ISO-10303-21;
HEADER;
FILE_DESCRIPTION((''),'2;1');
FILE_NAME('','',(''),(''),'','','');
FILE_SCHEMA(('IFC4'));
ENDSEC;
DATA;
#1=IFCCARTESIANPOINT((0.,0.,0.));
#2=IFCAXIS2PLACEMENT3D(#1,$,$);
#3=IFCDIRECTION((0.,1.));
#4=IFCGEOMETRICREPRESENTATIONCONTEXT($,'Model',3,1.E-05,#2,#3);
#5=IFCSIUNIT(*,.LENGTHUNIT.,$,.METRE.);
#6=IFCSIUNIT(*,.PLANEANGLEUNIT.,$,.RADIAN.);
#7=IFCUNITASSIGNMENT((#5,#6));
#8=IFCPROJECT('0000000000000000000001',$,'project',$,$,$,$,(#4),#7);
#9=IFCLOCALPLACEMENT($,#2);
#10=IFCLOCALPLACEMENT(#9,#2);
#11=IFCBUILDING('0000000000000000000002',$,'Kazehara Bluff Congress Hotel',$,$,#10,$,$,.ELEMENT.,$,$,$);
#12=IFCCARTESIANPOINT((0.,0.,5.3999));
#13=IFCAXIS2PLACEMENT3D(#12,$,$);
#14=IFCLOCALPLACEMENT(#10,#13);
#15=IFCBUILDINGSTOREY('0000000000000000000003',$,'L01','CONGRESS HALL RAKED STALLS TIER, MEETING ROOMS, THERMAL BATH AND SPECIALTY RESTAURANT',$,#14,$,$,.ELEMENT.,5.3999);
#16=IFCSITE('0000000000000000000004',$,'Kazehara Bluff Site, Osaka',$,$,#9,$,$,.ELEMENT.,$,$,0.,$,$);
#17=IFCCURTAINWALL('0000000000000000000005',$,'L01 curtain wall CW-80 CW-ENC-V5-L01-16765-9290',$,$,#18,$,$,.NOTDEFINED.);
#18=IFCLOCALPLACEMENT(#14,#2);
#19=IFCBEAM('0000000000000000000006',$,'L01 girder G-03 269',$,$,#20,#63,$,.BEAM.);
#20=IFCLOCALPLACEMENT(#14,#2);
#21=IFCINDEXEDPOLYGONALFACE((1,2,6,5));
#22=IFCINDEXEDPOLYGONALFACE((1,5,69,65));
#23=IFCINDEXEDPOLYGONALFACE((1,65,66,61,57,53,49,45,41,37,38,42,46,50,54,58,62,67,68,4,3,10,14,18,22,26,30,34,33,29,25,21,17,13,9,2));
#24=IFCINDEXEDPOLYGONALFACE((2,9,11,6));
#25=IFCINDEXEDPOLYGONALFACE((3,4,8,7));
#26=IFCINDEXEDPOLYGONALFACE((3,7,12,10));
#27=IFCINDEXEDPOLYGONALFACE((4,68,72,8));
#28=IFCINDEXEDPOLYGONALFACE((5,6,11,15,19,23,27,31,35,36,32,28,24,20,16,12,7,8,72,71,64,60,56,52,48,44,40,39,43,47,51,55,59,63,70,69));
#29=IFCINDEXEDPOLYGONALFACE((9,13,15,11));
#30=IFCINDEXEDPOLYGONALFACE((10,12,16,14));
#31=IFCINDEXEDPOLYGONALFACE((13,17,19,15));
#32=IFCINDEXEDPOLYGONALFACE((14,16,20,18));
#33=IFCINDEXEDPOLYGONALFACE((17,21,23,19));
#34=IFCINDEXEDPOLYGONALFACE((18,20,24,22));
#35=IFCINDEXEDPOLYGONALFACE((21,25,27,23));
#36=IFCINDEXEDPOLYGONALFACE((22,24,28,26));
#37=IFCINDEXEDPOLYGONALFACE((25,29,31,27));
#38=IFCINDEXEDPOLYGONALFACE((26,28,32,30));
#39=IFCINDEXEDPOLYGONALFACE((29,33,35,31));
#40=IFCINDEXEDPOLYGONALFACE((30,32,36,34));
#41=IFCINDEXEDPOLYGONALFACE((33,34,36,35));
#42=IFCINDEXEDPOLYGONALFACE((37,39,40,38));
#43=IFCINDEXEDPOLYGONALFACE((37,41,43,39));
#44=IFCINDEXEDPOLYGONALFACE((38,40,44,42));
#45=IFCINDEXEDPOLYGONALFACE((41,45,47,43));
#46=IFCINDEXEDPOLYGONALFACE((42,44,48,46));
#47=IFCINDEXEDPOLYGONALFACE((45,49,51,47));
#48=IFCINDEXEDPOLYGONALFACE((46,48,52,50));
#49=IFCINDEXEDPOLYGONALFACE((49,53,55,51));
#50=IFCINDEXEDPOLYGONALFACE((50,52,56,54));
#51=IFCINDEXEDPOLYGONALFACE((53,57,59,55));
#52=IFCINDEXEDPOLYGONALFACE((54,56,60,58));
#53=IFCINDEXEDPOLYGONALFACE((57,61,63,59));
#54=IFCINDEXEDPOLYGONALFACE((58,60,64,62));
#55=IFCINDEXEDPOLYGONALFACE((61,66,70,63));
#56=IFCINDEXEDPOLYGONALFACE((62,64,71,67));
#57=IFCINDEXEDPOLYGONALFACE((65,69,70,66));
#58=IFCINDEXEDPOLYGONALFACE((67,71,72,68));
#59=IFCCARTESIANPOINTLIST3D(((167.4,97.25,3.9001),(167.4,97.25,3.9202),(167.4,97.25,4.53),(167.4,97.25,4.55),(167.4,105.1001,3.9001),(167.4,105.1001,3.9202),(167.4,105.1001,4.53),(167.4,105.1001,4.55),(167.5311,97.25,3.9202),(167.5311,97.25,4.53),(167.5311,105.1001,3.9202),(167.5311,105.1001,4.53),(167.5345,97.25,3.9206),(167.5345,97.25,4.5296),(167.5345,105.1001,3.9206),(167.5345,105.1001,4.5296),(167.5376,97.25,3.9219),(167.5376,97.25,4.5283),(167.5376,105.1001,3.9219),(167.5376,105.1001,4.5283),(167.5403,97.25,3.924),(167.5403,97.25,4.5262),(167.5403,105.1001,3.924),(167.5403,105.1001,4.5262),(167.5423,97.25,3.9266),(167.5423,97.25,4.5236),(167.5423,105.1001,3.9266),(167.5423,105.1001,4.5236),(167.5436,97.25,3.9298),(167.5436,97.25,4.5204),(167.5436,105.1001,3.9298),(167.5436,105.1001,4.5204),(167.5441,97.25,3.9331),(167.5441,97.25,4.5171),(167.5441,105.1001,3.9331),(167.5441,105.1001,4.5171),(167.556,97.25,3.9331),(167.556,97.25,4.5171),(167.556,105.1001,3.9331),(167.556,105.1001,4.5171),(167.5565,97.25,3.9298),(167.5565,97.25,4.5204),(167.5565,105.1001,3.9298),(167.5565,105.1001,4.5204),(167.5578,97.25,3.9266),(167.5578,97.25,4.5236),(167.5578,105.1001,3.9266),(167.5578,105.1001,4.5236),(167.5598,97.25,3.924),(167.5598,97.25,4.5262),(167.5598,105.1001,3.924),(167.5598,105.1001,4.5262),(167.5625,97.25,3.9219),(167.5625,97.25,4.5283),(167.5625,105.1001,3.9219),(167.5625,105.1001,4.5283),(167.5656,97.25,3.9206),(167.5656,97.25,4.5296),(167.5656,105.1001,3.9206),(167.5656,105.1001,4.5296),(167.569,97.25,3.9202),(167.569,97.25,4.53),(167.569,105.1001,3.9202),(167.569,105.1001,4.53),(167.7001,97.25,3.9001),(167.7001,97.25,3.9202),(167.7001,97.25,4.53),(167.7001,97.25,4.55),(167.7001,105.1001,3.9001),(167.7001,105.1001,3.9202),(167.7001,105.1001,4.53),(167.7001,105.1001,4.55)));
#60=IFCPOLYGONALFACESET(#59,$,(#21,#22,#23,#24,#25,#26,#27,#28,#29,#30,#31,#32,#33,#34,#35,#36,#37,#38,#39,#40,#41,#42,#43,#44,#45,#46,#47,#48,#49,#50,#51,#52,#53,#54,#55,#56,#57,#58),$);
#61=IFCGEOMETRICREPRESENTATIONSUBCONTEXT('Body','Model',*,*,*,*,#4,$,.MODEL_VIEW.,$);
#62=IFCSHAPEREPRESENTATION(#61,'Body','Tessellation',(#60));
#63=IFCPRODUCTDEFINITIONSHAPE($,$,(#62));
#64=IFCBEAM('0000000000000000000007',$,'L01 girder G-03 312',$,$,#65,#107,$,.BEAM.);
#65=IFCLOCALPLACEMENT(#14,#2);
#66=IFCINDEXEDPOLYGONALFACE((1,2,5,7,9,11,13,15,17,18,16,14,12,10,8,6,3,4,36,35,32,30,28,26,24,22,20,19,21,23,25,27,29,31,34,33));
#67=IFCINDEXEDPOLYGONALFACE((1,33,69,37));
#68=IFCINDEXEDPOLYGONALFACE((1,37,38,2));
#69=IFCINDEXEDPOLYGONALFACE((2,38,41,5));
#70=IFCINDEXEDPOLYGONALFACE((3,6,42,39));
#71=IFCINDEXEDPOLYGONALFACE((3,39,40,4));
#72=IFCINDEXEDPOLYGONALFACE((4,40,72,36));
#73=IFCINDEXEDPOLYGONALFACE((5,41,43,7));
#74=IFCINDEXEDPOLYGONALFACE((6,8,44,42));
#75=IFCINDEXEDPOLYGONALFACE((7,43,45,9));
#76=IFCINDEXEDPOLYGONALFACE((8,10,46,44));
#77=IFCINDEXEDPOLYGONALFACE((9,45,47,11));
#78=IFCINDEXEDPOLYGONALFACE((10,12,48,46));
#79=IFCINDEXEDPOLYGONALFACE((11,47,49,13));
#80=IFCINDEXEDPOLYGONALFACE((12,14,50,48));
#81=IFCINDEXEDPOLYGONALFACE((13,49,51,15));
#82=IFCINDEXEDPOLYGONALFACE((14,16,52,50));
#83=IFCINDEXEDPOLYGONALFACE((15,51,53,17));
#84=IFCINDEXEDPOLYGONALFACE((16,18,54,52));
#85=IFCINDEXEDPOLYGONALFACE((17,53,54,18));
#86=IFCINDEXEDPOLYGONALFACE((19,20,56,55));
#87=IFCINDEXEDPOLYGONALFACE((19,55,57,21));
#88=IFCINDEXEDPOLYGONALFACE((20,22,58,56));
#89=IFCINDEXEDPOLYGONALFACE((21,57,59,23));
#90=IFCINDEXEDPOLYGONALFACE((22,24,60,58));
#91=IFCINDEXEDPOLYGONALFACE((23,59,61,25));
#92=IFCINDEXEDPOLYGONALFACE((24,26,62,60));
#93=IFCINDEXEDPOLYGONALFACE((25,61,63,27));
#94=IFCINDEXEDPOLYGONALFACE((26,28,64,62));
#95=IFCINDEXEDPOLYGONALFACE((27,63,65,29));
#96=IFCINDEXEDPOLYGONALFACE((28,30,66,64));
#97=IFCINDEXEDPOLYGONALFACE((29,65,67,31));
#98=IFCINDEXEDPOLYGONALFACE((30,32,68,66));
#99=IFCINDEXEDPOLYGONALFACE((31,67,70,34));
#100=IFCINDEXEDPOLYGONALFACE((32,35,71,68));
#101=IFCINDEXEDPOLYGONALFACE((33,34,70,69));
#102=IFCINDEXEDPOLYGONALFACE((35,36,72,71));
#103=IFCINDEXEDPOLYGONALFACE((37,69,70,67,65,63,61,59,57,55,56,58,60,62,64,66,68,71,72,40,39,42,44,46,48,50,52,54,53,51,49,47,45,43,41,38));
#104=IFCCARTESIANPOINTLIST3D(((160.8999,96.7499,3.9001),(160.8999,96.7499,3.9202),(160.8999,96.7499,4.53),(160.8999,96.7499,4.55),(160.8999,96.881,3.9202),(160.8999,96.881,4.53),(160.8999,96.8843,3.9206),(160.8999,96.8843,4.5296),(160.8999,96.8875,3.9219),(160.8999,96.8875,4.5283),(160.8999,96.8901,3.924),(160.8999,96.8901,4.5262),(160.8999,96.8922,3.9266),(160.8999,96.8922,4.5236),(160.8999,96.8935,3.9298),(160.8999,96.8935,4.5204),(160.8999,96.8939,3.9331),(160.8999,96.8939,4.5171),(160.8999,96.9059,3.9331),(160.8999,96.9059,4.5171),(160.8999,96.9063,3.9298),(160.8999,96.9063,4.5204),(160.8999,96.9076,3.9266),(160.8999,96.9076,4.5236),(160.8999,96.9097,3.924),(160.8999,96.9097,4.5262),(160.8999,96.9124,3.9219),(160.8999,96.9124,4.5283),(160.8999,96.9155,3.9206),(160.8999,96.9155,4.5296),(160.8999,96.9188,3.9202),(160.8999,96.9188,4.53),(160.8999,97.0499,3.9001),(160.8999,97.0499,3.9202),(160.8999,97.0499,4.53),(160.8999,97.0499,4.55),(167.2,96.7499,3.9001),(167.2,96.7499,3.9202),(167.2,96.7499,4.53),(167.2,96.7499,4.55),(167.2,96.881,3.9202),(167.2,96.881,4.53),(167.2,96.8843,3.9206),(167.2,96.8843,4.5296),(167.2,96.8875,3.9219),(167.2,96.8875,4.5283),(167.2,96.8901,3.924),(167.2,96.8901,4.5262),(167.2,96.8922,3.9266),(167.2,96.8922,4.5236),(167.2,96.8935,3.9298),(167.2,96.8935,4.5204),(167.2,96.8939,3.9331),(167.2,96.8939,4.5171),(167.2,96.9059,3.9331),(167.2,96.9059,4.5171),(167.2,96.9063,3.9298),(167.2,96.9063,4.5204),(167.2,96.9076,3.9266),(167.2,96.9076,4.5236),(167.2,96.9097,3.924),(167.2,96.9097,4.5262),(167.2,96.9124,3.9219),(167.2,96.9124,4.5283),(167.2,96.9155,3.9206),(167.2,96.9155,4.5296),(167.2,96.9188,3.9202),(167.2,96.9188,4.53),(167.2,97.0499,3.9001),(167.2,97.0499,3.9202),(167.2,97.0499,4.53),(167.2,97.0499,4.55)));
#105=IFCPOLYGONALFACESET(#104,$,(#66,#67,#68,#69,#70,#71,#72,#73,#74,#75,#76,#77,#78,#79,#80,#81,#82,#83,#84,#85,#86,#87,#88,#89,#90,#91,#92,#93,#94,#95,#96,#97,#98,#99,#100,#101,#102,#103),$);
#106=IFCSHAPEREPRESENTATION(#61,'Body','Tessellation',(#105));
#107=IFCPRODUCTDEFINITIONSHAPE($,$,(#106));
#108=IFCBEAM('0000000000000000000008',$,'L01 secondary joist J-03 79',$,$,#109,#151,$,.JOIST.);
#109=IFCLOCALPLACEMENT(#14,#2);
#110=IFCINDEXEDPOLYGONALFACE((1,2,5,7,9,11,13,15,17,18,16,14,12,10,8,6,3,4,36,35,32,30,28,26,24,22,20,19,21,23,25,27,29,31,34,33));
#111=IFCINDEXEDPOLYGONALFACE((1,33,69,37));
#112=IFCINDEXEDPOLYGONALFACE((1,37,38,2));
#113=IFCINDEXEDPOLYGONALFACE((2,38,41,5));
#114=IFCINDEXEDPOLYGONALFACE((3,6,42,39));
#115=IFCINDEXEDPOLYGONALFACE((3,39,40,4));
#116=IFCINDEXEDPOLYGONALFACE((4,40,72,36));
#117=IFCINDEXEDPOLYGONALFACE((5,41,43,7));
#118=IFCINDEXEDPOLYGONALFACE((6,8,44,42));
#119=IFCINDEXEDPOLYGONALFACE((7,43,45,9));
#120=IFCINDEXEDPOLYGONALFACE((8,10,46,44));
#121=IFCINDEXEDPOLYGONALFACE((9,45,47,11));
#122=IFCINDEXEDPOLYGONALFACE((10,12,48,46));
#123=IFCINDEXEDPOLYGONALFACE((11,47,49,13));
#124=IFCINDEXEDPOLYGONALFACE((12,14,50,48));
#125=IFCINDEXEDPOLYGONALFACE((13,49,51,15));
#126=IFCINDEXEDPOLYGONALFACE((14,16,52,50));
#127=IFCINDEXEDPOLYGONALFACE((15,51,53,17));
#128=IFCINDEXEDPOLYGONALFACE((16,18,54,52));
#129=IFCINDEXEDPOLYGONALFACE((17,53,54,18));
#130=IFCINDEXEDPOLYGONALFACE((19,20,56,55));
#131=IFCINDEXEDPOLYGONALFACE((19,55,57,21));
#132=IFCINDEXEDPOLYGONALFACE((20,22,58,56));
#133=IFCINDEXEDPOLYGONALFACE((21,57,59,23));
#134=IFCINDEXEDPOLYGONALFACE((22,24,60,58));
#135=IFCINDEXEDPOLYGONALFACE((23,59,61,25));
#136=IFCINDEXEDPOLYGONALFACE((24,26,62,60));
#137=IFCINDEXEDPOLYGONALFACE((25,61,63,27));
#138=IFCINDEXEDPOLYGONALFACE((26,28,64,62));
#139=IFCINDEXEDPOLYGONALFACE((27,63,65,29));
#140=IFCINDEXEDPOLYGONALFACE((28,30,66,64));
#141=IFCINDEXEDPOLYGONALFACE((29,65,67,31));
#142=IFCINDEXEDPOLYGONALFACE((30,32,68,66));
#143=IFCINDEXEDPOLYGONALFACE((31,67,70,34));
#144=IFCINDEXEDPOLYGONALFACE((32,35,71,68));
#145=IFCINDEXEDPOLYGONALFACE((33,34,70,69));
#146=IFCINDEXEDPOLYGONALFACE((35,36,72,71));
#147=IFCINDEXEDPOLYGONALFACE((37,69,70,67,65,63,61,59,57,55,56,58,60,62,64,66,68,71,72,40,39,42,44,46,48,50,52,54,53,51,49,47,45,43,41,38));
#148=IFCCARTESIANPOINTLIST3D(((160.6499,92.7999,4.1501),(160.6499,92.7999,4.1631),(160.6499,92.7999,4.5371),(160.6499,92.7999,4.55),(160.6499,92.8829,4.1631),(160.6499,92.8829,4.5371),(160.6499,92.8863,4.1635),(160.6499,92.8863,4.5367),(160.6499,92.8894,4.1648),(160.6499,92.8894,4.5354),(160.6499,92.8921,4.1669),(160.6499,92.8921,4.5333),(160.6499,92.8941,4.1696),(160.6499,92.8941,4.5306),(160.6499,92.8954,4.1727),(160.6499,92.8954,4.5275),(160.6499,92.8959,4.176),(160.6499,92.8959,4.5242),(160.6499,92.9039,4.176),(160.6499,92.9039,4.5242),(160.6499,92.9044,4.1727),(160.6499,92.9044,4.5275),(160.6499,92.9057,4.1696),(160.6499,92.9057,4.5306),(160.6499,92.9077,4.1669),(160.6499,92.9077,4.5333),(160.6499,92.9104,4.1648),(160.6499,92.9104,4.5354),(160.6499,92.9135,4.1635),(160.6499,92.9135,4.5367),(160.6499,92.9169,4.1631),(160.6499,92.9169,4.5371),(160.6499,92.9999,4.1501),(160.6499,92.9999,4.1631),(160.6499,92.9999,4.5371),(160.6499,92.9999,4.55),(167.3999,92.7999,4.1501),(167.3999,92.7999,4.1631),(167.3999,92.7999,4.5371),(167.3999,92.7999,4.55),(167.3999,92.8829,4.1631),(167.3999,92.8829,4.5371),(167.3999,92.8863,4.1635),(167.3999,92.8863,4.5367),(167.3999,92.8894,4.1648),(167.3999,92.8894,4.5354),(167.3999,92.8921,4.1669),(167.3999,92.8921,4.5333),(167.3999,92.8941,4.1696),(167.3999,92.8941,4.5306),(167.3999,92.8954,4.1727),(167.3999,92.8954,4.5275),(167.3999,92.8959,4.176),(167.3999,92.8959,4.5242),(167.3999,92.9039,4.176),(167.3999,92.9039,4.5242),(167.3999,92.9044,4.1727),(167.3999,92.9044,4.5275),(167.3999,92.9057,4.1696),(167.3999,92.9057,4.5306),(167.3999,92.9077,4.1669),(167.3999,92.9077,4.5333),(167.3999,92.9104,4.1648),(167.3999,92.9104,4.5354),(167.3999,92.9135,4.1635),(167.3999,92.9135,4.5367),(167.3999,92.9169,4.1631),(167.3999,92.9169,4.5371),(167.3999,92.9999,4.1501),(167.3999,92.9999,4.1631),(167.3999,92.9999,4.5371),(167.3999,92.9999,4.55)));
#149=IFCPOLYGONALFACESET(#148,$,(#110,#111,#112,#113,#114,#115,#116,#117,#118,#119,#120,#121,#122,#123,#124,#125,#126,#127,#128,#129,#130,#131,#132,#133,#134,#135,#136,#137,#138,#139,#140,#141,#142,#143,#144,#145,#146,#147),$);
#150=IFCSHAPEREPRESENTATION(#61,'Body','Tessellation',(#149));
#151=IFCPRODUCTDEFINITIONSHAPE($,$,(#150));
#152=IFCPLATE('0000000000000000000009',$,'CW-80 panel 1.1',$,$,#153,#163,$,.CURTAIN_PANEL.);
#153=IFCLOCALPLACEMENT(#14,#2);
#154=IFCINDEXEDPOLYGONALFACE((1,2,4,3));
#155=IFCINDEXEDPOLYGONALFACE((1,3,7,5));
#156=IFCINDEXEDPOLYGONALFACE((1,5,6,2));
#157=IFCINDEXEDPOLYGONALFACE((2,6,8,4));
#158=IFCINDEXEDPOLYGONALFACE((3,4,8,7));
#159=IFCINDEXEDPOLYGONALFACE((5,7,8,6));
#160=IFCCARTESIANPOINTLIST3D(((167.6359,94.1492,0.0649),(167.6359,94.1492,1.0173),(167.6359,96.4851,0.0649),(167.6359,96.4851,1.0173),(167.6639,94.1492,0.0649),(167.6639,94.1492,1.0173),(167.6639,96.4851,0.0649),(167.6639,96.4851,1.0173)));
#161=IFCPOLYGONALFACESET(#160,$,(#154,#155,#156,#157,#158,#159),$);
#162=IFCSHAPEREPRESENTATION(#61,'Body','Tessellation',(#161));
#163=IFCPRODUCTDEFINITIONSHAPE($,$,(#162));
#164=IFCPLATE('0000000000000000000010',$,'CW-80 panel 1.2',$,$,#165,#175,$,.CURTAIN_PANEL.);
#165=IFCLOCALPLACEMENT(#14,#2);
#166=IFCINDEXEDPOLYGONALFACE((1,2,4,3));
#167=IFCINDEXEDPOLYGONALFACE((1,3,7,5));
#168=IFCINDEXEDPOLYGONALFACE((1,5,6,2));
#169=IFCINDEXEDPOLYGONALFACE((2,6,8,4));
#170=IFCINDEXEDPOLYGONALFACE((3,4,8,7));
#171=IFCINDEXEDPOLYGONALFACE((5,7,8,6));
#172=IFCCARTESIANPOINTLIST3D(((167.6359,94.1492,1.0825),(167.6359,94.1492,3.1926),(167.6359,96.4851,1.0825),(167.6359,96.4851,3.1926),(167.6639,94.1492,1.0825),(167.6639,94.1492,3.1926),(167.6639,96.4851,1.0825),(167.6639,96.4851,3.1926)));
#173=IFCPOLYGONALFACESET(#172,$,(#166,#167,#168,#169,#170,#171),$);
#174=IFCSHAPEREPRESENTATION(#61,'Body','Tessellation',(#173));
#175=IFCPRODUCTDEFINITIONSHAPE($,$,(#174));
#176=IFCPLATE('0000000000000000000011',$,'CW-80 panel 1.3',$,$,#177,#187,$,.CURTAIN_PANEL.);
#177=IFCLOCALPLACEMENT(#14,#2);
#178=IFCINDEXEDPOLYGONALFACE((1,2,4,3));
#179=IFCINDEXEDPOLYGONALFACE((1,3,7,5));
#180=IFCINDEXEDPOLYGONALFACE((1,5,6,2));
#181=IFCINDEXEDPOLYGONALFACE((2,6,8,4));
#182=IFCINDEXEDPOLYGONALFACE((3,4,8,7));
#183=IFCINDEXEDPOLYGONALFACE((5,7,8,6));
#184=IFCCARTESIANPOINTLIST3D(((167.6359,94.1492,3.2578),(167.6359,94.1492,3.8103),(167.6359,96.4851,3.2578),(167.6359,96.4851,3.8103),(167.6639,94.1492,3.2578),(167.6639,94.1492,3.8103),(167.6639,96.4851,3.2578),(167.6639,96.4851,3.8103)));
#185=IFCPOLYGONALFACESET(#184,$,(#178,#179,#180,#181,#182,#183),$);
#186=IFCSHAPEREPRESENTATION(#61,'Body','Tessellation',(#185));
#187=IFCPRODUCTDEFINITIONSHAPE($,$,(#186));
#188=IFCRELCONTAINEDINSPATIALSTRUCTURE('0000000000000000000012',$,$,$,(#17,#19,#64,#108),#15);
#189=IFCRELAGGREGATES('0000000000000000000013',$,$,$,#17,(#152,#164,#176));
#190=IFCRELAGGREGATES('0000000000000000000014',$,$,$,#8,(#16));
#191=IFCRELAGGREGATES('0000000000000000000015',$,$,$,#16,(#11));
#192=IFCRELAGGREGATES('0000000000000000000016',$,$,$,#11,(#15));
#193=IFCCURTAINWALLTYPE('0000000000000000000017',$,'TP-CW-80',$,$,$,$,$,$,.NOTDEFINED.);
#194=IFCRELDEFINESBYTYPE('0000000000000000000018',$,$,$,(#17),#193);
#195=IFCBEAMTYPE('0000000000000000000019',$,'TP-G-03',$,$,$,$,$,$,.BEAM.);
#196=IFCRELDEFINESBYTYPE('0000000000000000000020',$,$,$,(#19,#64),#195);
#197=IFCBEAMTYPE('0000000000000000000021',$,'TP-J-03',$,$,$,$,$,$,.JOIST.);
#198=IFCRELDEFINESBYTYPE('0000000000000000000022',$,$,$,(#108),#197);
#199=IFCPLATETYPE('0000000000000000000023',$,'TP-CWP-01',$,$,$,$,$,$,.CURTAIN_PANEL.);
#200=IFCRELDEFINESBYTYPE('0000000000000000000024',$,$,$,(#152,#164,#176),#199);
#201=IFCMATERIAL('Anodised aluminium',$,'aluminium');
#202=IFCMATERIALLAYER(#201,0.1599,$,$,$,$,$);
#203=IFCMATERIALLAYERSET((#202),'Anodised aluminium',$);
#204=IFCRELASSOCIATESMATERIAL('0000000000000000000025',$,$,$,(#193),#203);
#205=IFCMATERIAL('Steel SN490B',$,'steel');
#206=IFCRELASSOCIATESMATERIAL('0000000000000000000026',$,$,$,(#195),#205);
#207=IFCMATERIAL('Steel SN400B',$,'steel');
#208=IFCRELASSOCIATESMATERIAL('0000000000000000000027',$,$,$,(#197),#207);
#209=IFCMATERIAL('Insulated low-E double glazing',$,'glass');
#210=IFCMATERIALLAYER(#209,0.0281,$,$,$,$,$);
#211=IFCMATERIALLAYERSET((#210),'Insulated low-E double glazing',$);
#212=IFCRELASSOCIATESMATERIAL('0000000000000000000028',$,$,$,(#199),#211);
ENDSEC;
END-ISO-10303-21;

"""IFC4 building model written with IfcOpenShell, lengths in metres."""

from ifc_helpers import new_model, si_unit, direction, frame, origin, origin_2d, place, context, subcontext, project, spatial, rectangle, i_section, extrude, material, layer, layer_set, material_profile, profile_set, type_object, element, aggregate, save


model = new_model("IFC4")

# Units and contexts
model_context = context("Model", 3, precision=1e-05, world=origin(), true_north=direction((0.0, 1.0)))
body_context = subcontext(model_context, "Body", "Model", "MODEL_VIEW")
ifc_project = project(units=[si_unit("LENGTHUNIT", "METRE"), si_unit("PLANEANGLEUNIT", "RADIAN")], contexts=[model_context])

# Site, building, storey
site_placement = place(None, origin())
site = spatial("IfcSite", under=ifc_project, at=site_placement, Name="Kazehara Bluff Site, Osaka", CompositionType="ELEMENT", RefElevation=0.0)
building_placement = place(site_placement, origin())
building = spatial("IfcBuilding", under=site, at=building_placement, Name="Kazehara Bluff Congress Hotel", CompositionType="ELEMENT")
storey_placement = place(building_placement, frame((0.0, 0.0, 5.3999)))
storey = spatial("IfcBuildingStorey", under=building, at=storey_placement, Name="L01", Description="CONGRESS HALL RAKED STALLS TIER, MEETING ROOMS, THERMAL BATH AND SPECIALTY RESTAURANT", CompositionType="ELEMENT", Elevation=5.3999)

# Curtain wall
ifc_material_1 = material(Name="Anodised aluminium", Category="aluminium")
ifc_layer_1 = layer(ifc_material_1, 0.1599)
ifc_layer_set_1 = layer_set([ifc_layer_1], Name="Anodised aluminium")
curtain_wall_type_1 = type_object("IfcCurtainWallType", Name="TP-CW-80", PredefinedType="NOTDEFINED", material=ifc_layer_set_1)
curtain_wall_1_placement = place(storey_placement, origin())
curtain_wall_1 = element("IfcCurtainWall", 1, at=curtain_wall_1_placement, inside=storey, type_object=curtain_wall_type_1, Name="L01 curtain wall CW-80 CW-ENC-V5-L01-16765-9290", PredefinedType="NOTDEFINED")

# Beams
ifc_material_2 = material(Name="Steel SN490B", Category="steel")
ifc_material_profile_1 = material_profile(ifc_material_2, i_section(OverallWidth=0.3, OverallDepth=0.6499, WebThickness=0.012, FlangeThickness=0.02, FilletRadius=0.0129, at=origin_2d()))
ifc_profile_set_1 = profile_set([ifc_material_profile_1], Name="Steel SN490B")
beam_type_1 = type_object("IfcBeamType", Name="TP-G-03", PredefinedType="BEAM", material=ifc_profile_set_1)
beam_1_placement = place(storey_placement, frame((167.55, 97.25, 4.2251), z_axis=(0.0, 1.0, 0.0), x_axis=(-1.0, 0.0, 0.0)))
element("IfcBeam", 2, at=beam_1_placement, inside=storey, type_object=beam_type_1, Name="L01 girder G-03 269", PredefinedType="BEAM", context=body_context, shape_type="SweptSolid", body=[
    extrude(i_section(OverallWidth=0.3, OverallDepth=0.6499, WebThickness=0.012, FlangeThickness=0.02, FilletRadius=0.0129, at=origin_2d()), origin(), (0.0, 0.0, 1.0), 7.8501),
])
beam_2_placement = place(storey_placement, frame((160.8999, 96.8999, 4.2251), z_axis=(1.0, 0.0, 0.0), x_axis=(0.0, 1.0, 0.0)))
element("IfcBeam", 3, at=beam_2_placement, inside=storey, type_object=beam_type_1, Name="L01 girder G-03 312", PredefinedType="BEAM", context=body_context, shape_type="SweptSolid", body=[
    extrude(i_section(OverallWidth=0.3, OverallDepth=0.6499, WebThickness=0.012, FlangeThickness=0.02, FilletRadius=0.0129, at=origin_2d()), origin(), (0.0, 0.0, 1.0), 6.3),
])
ifc_material_3 = material(Name="Steel SN400B", Category="steel")
ifc_material_profile_2 = material_profile(ifc_material_3, i_section(OverallWidth=0.2, OverallDepth=0.3999, WebThickness=0.0081, FlangeThickness=0.0129, FilletRadius=0.0129, at=origin_2d()))
ifc_profile_set_2 = profile_set([ifc_material_profile_2], Name="Steel SN400B")
beam_type_2 = type_object("IfcBeamType", Name="TP-J-03", PredefinedType="JOIST", material=ifc_profile_set_2)
beam_3_placement = place(storey_placement, frame((160.6499, 92.8999, 4.3501), z_axis=(1.0, 0.0, 0.0), x_axis=(0.0, 1.0, 0.0)))
element("IfcBeam", 4, at=beam_3_placement, inside=storey, type_object=beam_type_2, Name="L01 secondary joist J-03 79", PredefinedType="JOIST", context=body_context, shape_type="SweptSolid", body=[
    extrude(i_section(OverallWidth=0.2, OverallDepth=0.3999, WebThickness=0.0081, FlangeThickness=0.0129, FilletRadius=0.0129, at=origin_2d()), origin(), (0.0, 0.0, 1.0), 6.75),
])

# Plates
ifc_material_4 = material(Name="Insulated low-E double glazing", Category="glass")
ifc_layer_2 = layer(ifc_material_4, 0.0281)
ifc_layer_set_2 = layer_set([ifc_layer_2], Name="Insulated low-E double glazing")
plate_type = type_object("IfcPlateType", Name="TP-CWP-01", PredefinedType="CURTAIN_PANEL", material=ifc_layer_set_2)
plate_1_placement = place(storey_placement, frame((167.6499, 95.3171, 0.0649), z_axis=(0.0, 0.0, 1.0), x_axis=(0.0, -1.0, 0.0)))
plate_1 = element("IfcPlate", 5, at=plate_1_placement, type_object=plate_type, Name="CW-80 panel 1.1", PredefinedType="CURTAIN_PANEL", context=body_context, shape_type="SweptSolid", body=[
    extrude(rectangle(XDim=2.3359, YDim=0.0281, at=origin_2d()), origin(), (0.0, 0.0, 1.0), 0.9524),
])
plate_2_placement = place(storey_placement, frame((167.6499, 95.3171, 1.0825), z_axis=(0.0, 0.0, 1.0), x_axis=(0.0, -1.0, 0.0)))
plate_2 = element("IfcPlate", 6, at=plate_2_placement, type_object=plate_type, Name="CW-80 panel 1.2", PredefinedType="CURTAIN_PANEL", context=body_context, shape_type="SweptSolid", body=[
    extrude(rectangle(XDim=2.3359, YDim=0.0281, at=origin_2d()), origin(), (0.0, 0.0, 1.0), 2.1101),
])
plate_3_placement = place(storey_placement, frame((167.6499, 95.3171, 3.2578), z_axis=(0.0, 0.0, 1.0), x_axis=(0.0, -1.0, 0.0)))
plate_3 = element("IfcPlate", 7, at=plate_3_placement, type_object=plate_type, Name="CW-80 panel 1.3", PredefinedType="CURTAIN_PANEL", context=body_context, shape_type="SweptSolid", body=[
    extrude(rectangle(XDim=2.3359, YDim=0.0281, at=origin_2d()), origin(), (0.0, 0.0, 1.0), 0.5525),
])
aggregate(curtain_wall_1, [plate_1, plate_2, plate_3])

save(model, "model.ifc")
